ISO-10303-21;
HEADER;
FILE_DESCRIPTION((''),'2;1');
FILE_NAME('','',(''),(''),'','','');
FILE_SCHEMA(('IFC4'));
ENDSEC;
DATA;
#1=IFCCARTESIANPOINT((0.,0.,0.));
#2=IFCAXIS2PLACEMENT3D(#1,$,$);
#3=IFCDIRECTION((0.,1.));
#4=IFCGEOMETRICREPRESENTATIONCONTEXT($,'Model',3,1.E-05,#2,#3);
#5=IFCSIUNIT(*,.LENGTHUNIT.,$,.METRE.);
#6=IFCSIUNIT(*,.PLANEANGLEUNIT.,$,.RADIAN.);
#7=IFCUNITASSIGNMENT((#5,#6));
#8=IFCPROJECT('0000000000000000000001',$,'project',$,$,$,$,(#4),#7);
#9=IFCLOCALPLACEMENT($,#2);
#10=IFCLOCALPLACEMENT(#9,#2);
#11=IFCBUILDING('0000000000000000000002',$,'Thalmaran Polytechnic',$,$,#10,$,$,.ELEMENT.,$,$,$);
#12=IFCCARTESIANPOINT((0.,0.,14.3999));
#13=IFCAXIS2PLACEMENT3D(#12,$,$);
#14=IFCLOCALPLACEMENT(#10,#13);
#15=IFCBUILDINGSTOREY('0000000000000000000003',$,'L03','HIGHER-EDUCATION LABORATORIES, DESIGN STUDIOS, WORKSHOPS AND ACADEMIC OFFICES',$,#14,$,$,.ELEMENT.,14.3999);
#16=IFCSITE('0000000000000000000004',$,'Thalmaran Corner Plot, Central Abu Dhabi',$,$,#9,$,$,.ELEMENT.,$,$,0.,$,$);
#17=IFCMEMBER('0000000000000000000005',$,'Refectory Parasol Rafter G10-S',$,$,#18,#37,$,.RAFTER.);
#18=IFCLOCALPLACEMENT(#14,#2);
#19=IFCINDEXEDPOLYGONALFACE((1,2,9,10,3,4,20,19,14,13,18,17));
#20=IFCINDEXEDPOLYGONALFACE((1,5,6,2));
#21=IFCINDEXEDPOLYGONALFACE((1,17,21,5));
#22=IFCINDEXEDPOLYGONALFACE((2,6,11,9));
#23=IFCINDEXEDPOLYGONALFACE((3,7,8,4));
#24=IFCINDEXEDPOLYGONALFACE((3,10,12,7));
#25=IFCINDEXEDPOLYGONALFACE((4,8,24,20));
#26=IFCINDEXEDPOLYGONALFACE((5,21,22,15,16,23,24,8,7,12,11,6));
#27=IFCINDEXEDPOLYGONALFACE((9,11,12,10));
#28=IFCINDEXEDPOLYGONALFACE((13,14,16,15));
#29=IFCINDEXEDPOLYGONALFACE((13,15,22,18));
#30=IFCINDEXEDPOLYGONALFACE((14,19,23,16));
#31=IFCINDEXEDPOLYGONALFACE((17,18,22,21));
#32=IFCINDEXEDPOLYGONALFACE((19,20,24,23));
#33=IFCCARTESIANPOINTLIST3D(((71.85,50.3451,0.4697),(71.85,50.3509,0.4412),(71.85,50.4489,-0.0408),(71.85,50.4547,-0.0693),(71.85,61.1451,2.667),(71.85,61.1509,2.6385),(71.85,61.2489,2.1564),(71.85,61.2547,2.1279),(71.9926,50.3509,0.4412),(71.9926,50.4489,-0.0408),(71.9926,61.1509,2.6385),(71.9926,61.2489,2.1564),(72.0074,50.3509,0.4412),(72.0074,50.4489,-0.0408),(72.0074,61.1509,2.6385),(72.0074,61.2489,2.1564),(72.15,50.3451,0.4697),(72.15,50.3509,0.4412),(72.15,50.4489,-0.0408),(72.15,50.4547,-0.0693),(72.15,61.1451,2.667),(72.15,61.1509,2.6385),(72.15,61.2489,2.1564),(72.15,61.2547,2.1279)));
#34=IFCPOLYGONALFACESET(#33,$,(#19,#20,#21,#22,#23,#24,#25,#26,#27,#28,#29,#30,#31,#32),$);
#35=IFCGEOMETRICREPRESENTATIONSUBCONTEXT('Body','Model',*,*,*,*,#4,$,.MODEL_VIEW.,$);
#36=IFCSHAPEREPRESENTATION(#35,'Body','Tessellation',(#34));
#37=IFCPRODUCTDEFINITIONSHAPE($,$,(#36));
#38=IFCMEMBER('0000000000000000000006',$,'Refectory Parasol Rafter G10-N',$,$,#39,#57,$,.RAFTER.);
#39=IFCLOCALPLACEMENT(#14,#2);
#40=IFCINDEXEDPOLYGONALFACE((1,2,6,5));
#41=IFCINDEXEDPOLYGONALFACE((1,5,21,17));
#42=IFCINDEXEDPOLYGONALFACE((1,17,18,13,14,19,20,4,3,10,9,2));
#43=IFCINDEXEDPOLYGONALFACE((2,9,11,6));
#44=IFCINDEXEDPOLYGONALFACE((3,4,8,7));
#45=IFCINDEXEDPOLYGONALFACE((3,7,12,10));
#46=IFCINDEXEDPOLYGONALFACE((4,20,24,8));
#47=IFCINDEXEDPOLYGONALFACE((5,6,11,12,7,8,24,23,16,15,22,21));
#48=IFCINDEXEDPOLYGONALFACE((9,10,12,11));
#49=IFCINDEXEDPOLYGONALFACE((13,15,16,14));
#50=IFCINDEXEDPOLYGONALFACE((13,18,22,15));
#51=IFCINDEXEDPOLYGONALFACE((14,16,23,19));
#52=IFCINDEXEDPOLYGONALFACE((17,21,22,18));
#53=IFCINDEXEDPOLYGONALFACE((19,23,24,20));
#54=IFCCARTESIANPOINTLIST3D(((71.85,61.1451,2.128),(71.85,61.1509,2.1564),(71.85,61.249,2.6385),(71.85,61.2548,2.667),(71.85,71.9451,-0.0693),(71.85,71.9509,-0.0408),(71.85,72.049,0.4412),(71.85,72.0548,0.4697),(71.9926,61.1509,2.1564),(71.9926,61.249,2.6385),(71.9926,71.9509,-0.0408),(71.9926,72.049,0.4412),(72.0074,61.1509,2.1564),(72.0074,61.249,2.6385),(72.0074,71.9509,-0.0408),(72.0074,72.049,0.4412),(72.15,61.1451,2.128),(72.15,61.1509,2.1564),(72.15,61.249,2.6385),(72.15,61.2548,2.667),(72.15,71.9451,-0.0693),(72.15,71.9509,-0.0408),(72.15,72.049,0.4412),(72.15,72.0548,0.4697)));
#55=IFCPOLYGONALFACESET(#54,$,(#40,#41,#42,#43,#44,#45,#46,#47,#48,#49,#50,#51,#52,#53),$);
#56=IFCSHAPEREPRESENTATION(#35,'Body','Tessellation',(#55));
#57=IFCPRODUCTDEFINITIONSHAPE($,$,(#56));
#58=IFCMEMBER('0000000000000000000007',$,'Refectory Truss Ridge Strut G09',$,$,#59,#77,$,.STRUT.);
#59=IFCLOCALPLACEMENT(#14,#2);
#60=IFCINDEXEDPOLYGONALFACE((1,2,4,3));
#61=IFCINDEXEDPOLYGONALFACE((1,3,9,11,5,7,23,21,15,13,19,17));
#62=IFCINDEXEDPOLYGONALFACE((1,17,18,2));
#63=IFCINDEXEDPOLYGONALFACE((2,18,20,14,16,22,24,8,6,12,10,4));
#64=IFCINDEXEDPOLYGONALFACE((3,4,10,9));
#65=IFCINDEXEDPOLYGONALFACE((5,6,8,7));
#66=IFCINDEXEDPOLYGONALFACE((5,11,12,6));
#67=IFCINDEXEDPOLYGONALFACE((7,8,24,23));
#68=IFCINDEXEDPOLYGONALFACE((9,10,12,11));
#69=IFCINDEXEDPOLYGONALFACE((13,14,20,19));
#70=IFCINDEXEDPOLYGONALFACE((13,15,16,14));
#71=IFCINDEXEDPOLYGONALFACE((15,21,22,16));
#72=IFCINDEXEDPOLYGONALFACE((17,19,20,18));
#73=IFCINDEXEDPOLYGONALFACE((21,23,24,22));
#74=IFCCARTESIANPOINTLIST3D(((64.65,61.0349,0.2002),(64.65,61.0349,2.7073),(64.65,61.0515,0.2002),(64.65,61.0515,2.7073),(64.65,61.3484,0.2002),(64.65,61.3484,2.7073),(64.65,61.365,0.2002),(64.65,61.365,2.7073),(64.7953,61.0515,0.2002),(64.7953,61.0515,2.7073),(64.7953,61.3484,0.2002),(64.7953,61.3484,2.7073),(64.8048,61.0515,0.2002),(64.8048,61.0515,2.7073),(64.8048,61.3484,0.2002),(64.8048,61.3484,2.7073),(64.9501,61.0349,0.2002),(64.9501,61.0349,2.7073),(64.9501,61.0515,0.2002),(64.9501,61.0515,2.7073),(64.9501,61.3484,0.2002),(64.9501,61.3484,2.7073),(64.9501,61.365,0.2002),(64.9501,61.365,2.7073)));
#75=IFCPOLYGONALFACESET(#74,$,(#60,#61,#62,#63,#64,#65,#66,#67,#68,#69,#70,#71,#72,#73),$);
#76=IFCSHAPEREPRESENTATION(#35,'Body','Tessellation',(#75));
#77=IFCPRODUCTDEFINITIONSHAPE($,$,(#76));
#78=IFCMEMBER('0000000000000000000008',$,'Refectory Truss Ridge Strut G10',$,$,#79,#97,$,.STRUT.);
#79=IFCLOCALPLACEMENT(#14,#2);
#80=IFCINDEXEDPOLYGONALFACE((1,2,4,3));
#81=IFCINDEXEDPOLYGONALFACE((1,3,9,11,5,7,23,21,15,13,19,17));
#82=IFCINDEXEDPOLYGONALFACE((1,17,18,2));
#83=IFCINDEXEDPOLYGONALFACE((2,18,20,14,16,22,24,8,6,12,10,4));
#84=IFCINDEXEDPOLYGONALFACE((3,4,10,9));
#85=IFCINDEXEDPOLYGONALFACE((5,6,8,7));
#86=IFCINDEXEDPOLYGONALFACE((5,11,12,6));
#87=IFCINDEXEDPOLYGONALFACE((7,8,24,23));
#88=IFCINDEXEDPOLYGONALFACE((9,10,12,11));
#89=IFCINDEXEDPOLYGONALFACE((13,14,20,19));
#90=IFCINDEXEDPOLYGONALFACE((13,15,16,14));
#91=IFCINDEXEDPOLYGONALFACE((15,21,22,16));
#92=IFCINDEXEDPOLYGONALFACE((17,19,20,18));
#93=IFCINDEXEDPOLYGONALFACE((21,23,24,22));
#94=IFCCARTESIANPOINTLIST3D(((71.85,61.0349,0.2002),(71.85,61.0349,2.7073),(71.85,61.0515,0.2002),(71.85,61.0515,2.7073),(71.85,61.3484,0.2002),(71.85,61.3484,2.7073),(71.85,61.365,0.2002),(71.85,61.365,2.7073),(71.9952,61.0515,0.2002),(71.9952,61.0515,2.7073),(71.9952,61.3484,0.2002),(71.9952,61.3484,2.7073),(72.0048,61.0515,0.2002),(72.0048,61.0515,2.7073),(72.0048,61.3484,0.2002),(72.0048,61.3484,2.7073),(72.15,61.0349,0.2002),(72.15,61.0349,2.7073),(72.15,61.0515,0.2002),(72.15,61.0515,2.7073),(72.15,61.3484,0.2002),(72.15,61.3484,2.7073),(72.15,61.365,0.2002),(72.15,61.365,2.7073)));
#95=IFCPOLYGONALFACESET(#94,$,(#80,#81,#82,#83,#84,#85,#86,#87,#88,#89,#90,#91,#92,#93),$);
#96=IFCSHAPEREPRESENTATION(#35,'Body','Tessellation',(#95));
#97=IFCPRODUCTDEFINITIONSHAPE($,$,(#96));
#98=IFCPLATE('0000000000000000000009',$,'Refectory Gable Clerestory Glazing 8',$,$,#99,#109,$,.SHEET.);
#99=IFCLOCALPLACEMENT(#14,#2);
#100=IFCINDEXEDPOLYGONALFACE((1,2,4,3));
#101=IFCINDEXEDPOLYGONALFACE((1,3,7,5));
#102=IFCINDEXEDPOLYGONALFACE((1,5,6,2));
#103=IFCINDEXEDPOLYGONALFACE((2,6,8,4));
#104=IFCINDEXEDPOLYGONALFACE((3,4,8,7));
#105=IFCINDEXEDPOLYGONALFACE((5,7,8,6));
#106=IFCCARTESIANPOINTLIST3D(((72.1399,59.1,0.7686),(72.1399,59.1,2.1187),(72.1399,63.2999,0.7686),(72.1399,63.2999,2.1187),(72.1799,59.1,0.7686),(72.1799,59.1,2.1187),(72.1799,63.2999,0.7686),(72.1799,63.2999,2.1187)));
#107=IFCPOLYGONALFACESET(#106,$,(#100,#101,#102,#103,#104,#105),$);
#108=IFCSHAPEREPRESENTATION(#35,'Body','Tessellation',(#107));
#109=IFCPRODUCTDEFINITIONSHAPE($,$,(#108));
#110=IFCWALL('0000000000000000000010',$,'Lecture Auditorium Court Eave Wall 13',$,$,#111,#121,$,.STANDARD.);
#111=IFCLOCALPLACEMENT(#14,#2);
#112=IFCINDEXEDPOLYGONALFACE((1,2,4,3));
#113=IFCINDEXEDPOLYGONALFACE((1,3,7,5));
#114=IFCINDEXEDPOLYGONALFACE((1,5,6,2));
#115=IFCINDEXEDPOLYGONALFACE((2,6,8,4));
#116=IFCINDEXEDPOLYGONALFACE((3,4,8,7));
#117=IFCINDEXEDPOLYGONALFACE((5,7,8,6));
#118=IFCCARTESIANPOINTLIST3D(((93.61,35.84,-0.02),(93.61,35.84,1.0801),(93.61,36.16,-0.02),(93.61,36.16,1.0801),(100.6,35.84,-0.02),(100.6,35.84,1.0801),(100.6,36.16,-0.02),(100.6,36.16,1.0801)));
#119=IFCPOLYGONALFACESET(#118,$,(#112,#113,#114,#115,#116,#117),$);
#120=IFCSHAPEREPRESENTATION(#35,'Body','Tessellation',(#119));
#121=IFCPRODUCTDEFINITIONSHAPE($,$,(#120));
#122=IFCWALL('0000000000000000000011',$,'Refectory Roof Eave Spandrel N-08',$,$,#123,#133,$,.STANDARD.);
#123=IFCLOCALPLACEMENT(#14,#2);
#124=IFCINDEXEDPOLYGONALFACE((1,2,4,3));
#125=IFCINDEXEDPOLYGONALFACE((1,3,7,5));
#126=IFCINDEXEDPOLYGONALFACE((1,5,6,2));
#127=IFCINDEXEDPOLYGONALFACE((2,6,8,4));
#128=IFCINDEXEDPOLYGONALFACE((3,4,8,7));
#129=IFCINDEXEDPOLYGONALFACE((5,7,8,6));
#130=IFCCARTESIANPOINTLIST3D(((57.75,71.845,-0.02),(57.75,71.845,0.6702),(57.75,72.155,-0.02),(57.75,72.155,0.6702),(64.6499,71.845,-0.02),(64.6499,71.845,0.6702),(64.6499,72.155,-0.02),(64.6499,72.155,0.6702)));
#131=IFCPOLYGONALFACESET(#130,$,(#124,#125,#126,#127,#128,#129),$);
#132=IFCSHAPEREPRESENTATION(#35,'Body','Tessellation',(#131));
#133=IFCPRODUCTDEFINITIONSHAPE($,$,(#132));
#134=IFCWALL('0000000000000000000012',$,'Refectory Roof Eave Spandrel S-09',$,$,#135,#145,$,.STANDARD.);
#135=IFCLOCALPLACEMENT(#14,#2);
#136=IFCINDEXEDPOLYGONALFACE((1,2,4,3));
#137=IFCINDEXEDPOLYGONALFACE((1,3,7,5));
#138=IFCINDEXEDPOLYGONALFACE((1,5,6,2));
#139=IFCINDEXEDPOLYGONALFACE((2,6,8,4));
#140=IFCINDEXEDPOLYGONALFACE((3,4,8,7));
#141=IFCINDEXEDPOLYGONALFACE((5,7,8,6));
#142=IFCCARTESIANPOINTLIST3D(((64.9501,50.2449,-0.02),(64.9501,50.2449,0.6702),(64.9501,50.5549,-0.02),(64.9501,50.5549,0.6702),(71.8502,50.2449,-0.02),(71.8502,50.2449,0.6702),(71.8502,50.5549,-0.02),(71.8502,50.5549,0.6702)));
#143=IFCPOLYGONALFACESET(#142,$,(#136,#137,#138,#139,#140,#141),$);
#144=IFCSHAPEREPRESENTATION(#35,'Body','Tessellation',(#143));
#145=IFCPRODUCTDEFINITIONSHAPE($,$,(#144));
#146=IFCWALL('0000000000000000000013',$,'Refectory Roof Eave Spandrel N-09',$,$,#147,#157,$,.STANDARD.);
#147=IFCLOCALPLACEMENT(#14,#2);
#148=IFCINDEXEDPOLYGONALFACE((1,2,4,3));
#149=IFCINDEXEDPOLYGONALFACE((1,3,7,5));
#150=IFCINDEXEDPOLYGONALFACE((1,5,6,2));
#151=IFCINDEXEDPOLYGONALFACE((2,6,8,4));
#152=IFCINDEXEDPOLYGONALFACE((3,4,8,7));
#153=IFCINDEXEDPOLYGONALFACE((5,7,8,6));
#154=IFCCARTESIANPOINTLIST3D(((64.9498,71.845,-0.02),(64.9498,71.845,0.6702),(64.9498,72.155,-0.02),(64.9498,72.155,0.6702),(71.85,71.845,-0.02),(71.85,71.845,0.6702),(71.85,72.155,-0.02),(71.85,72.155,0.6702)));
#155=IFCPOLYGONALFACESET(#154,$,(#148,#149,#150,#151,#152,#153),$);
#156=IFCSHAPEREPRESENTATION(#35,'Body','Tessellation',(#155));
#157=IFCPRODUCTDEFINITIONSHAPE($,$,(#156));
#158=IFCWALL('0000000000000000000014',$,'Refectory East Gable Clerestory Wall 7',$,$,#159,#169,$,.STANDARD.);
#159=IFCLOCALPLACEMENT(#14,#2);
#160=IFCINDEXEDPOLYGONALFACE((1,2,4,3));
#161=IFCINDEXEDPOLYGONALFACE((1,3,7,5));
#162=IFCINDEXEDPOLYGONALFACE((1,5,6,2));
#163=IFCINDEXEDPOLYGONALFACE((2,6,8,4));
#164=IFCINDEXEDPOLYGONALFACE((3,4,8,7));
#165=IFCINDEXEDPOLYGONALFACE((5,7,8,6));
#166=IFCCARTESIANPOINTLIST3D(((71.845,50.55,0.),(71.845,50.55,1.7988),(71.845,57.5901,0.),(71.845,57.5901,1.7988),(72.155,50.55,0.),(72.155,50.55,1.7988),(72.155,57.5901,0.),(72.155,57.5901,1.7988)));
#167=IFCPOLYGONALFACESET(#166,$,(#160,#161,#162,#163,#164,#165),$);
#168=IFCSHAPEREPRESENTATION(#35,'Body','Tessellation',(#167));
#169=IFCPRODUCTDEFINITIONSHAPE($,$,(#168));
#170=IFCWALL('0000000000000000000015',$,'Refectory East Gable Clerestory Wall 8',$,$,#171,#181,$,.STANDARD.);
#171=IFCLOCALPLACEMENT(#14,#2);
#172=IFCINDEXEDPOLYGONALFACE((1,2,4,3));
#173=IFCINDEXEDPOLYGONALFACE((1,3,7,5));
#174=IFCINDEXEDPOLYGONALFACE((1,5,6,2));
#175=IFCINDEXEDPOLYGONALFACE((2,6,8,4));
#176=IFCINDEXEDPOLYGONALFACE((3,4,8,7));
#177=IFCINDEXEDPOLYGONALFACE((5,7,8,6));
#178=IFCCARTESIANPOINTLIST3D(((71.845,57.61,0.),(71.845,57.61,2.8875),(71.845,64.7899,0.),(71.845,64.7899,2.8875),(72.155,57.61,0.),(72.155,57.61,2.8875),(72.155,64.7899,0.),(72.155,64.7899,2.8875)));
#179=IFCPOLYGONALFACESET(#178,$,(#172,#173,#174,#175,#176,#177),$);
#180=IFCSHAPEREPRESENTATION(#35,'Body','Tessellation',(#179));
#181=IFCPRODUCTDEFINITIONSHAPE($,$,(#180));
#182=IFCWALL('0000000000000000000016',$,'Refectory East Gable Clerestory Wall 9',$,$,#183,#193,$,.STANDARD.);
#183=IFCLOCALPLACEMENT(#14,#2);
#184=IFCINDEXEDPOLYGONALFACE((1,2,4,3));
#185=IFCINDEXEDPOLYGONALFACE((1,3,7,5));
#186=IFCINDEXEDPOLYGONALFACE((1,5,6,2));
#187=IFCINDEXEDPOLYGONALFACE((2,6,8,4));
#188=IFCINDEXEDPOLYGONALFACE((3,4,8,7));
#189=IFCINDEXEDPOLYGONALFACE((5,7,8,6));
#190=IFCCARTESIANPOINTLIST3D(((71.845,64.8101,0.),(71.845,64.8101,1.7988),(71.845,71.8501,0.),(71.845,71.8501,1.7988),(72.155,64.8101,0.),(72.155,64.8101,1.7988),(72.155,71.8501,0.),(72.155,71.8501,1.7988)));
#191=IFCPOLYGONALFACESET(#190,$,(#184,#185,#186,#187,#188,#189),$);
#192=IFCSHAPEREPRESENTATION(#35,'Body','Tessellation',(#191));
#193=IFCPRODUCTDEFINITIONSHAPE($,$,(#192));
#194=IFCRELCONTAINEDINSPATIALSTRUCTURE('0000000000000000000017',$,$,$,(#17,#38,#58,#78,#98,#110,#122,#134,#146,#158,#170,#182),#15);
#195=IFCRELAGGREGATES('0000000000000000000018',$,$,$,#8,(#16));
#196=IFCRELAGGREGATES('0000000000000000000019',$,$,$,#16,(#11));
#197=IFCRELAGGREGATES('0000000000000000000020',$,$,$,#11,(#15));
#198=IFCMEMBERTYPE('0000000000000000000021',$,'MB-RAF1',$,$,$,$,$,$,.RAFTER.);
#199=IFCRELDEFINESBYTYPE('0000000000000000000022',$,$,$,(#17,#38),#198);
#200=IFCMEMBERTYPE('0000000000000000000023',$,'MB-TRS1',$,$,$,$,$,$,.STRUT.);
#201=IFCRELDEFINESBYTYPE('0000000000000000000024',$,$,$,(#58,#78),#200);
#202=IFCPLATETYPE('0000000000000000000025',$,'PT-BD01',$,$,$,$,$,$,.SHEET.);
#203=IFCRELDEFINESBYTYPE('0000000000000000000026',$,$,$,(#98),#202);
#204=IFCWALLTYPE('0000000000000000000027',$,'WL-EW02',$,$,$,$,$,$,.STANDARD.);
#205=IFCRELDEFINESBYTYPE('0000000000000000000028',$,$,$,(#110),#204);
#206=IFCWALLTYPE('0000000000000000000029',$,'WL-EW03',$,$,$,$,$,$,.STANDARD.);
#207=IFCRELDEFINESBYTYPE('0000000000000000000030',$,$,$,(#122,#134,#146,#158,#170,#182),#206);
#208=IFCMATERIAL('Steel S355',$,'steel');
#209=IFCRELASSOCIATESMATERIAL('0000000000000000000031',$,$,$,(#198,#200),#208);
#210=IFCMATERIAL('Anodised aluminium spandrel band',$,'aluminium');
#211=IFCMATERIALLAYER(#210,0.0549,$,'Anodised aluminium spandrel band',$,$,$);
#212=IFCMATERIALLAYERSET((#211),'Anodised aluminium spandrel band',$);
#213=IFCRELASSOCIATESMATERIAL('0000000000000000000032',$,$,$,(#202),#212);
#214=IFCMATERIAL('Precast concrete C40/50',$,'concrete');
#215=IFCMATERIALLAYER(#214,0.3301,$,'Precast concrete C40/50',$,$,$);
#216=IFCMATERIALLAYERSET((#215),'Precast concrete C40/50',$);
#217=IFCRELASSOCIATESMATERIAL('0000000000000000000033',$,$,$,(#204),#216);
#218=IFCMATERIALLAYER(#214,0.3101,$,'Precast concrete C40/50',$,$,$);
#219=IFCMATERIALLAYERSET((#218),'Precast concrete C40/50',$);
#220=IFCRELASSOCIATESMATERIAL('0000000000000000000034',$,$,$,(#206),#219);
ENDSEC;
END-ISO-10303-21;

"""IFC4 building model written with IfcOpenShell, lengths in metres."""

from ifc_helpers import new_model, si_unit, direction, frame, frame_2d, origin, origin_2d, place, context, subcontext, project, spatial, rectangle, i_section, extrude, material, layer, layer_set, material_profile, profile_set, type_object, element, save


model = new_model("IFC4")

# Units and contexts
model_context = context("Model", 3, precision=1e-05, world=origin(), true_north=direction((0.0, 1.0)))
body_context = subcontext(model_context, "Body", "Model", "MODEL_VIEW")
ifc_project = project(units=[si_unit("LENGTHUNIT", "METRE"), si_unit("PLANEANGLEUNIT", "RADIAN")], contexts=[model_context])

# Site, building, storey
site_placement = place(None, origin())
site = spatial("IfcSite", under=ifc_project, at=site_placement, Name="Thalmaran Corner Plot, Central Abu Dhabi", CompositionType="ELEMENT", RefElevation=0.0)
building_placement = place(site_placement, origin())
building = spatial("IfcBuilding", under=site, at=building_placement, Name="Thalmaran Polytechnic", CompositionType="ELEMENT")
storey_placement = place(building_placement, frame((0.0, 0.0, 14.3999)))
storey = spatial("IfcBuildingStorey", under=building, at=storey_placement, Name="L03", Description="HIGHER-EDUCATION LABORATORIES, DESIGN STUDIOS, WORKSHOPS AND ACADEMIC OFFICES", CompositionType="ELEMENT", Elevation=14.3999)

# Shared definitions
ifc_material_1 = material(Name="Steel S355", Category="steel")

# Members
ifc_material_profile_1 = material_profile(ifc_material_1, i_section(OverallWidth=0.3, OverallDepth=0.55, WebThickness=0.0149, FlangeThickness=0.0291, at=origin_2d()), Name="HEB 550")
ifc_profile_set_1 = profile_set([ifc_material_profile_1], Name="Steel S355")
member_type_1 = type_object("IfcMemberType", Name="MB-RAF1", PredefinedType="RAFTER", material=ifc_profile_set_1)
for number, where, z_axis, x_axis, name in (
    (1, (72.0, 50.3999, 0.2002), (0.0, 0.979925, 0.199365), (-1.0, 0.0, 0.0), "Refectory Parasol Rafter G10-S"),
    (2, (72.0, 61.2, 2.3975), (0.0, 0.979925, -0.199365), (-1.0, 0.0, 0.0), "Refectory Parasol Rafter G10-N"),
):
    element("IfcMember", number, at=place(storey_placement, frame(where, z_axis=z_axis, x_axis=x_axis)), inside=storey, type_object=member_type_1, Name=name, PredefinedType="RAFTER", context=body_context, shape_type="SweptSolid", body=[
        extrude(i_section(OverallWidth=0.3, OverallDepth=0.55, WebThickness=0.0149, FlangeThickness=0.0291, at=origin_2d()), origin(), (0.0, 0.0, 1.0), 11.0212),
    ])
ifc_material_profile_2 = material_profile(ifc_material_1, i_section(OverallWidth=0.3, OverallDepth=0.3301, WebThickness=0.0095, FlangeThickness=0.0166, at=origin_2d()), Name="HEA 340")
ifc_profile_set_2 = profile_set([ifc_material_profile_2], Name="Steel S355")
member_type_2 = type_object("IfcMemberType", Name="MB-TRS1", PredefinedType="STRUT", material=ifc_profile_set_2)
for number, where, z_axis, x_axis, name in (
    (3, (64.8, 61.2, 0.2002), (0.0, 0.0, 1.0), (1.0, 0.0, 0.0), "Refectory Truss Ridge Strut G09"),
    (4, (72.0, 61.2, 0.2002), (0.0, 0.0, 1.0), (1.0, 0.0, 0.0), "Refectory Truss Ridge Strut G10"),
):
    element("IfcMember", number, at=place(storey_placement, frame(where, z_axis=z_axis, x_axis=x_axis)), inside=storey, type_object=member_type_2, Name=name, PredefinedType="STRUT", context=body_context, shape_type="SweptSolid", body=[
        extrude(i_section(OverallWidth=0.3, OverallDepth=0.3301, WebThickness=0.0095, FlangeThickness=0.0166, at=origin_2d()), origin(), (0.0, 0.0, 1.0), 2.5071),
    ])

# Plate
ifc_material_2 = material(Name="Anodised aluminium spandrel band", Category="aluminium")
ifc_layer_1 = layer(ifc_material_2, 0.0549, Name="Anodised aluminium spandrel band")
ifc_layer_set_1 = layer_set([ifc_layer_1], Name="Anodised aluminium spandrel band")
plate_type = type_object("IfcPlateType", Name="PT-BD01", PredefinedType="SHEET", material=ifc_layer_set_1)
plate_placement = place(storey_placement, frame((72.1599, 61.2, 0.7686), z_axis=(0.0, 0.0, 1.0), x_axis=(1.0, 0.0, 0.0)))
element("IfcPlate", 5, at=plate_placement, inside=storey, type_object=plate_type, Name="Refectory Gable Clerestory Glazing 8", PredefinedType="SHEET", context=body_context, shape_type="SweptSolid", body=[
    extrude(rectangle(XDim=0.04, YDim=4.2, at=origin_2d()), origin(), (0.0, 0.0, 1.0), 1.3501),
])

# Walls
ifc_material_3 = material(Name="Precast concrete C40/50", Category="concrete")
ifc_layer_2 = layer(ifc_material_3, 0.3301, Name="Precast concrete C40/50")
ifc_layer_set_2 = layer_set([ifc_layer_2], Name="Precast concrete C40/50")
wall_type_1 = type_object("IfcWallType", Name="WL-EW02", PredefinedType="STANDARD", material=ifc_layer_set_2)
wall_1_placement = place(storey_placement, frame((100.6001, 36.0, -0.02), z_axis=(0.0, 0.0, 1.0), x_axis=(-1.0, 0.0, 0.0)))
element("IfcWall", 6, at=wall_1_placement, inside=storey, type_object=wall_type_1, Name="Lecture Auditorium Court Eave Wall 13", PredefinedType="STANDARD", context=body_context, shape_type="SweptSolid", body=[
    extrude(rectangle(XDim=6.99, YDim=0.3201, at=frame_2d((3.4951, 0.0))), origin(), (0.0, 0.0, 1.0), 1.1001),
])
ifc_layer_3 = layer(ifc_material_3, 0.3101, Name="Precast concrete C40/50")
ifc_layer_set_3 = layer_set([ifc_layer_3], Name="Precast concrete C40/50")
wall_type_2 = type_object("IfcWallType", Name="WL-EW03", PredefinedType="STANDARD", material=ifc_layer_set_3)
wall_2_placement = place(storey_placement, frame((64.6499, 72.0, -0.02), z_axis=(0.0, 0.0, 1.0), x_axis=(-1.0, 0.0, 0.0)))
element("IfcWall", 7, at=wall_2_placement, inside=storey, type_object=wall_type_2, Name="Refectory Roof Eave Spandrel N-08", PredefinedType="STANDARD", context=body_context, shape_type="SweptSolid", body=[
    extrude(rectangle(XDim=6.8999, YDim=0.3101, at=frame_2d((3.45, 0.0))), origin(), (0.0, 0.0, 1.0), 0.6902),
])
for number, where, z_axis, x_axis, name in (
    (8, (64.95, 50.3999, -0.02), (0.0, 0.0, 1.0), (1.0, 0.0, 0.0), "Refectory Roof Eave Spandrel S-09"),
    (9, (71.8501, 72.0, -0.02), (0.0, 0.0, 1.0), (-1.0, 0.0, 0.0), "Refectory Roof Eave Spandrel N-09"),
):
    element("IfcWall", number, at=place(storey_placement, frame(where, z_axis=z_axis, x_axis=x_axis)), inside=storey, type_object=wall_type_2, Name=name, PredefinedType="STANDARD", context=body_context, shape_type="SweptSolid", body=[
        extrude(rectangle(XDim=6.9001, YDim=0.3101, at=frame_2d((3.4502, 0.0))), origin(), (0.0, 0.0, 1.0), 0.6902),
    ])
wall_3_placement = place(storey_placement, frame((72.0, 50.55, 0.0), z_axis=(0.0, 0.0, 1.0), x_axis=(0.0, 1.0, 0.0)))
element("IfcWall", 10, at=wall_3_placement, inside=storey, type_object=wall_type_2, Name="Refectory East Gable Clerestory Wall 7", PredefinedType="STANDARD", context=body_context, shape_type="SweptSolid", body=[
    extrude(rectangle(XDim=7.04, YDim=0.3101, at=frame_2d((3.52, 0.0))), origin(), (0.0, 0.0, 1.0), 1.7988),
])
wall_4_placement = place(storey_placement, frame((72.0, 57.6101, 0.0), z_axis=(0.0, 0.0, 1.0), x_axis=(0.0, 1.0, 0.0)))
element("IfcWall", 11, at=wall_4_placement, inside=storey, type_object=wall_type_2, Name="Refectory East Gable Clerestory Wall 8", PredefinedType="STANDARD", context=body_context, shape_type="SweptSolid", body=[
    extrude(rectangle(XDim=7.1799, YDim=0.3101, at=frame_2d((3.5898, 0.0))), origin(), (0.0, 0.0, 1.0), 2.8875),
])
wall_5_placement = place(storey_placement, frame((72.0, 64.8101, 0.0), z_axis=(0.0, 0.0, 1.0), x_axis=(0.0, 1.0, 0.0)))
element("IfcWall", 12, at=wall_5_placement, inside=storey, type_object=wall_type_2, Name="Refectory East Gable Clerestory Wall 9", PredefinedType="STANDARD", context=body_context, shape_type="SweptSolid", body=[
    extrude(rectangle(XDim=7.04, YDim=0.3101, at=frame_2d((3.52, 0.0))), origin(), (0.0, 0.0, 1.0), 1.7988),
])

save(model, "model.ifc")
